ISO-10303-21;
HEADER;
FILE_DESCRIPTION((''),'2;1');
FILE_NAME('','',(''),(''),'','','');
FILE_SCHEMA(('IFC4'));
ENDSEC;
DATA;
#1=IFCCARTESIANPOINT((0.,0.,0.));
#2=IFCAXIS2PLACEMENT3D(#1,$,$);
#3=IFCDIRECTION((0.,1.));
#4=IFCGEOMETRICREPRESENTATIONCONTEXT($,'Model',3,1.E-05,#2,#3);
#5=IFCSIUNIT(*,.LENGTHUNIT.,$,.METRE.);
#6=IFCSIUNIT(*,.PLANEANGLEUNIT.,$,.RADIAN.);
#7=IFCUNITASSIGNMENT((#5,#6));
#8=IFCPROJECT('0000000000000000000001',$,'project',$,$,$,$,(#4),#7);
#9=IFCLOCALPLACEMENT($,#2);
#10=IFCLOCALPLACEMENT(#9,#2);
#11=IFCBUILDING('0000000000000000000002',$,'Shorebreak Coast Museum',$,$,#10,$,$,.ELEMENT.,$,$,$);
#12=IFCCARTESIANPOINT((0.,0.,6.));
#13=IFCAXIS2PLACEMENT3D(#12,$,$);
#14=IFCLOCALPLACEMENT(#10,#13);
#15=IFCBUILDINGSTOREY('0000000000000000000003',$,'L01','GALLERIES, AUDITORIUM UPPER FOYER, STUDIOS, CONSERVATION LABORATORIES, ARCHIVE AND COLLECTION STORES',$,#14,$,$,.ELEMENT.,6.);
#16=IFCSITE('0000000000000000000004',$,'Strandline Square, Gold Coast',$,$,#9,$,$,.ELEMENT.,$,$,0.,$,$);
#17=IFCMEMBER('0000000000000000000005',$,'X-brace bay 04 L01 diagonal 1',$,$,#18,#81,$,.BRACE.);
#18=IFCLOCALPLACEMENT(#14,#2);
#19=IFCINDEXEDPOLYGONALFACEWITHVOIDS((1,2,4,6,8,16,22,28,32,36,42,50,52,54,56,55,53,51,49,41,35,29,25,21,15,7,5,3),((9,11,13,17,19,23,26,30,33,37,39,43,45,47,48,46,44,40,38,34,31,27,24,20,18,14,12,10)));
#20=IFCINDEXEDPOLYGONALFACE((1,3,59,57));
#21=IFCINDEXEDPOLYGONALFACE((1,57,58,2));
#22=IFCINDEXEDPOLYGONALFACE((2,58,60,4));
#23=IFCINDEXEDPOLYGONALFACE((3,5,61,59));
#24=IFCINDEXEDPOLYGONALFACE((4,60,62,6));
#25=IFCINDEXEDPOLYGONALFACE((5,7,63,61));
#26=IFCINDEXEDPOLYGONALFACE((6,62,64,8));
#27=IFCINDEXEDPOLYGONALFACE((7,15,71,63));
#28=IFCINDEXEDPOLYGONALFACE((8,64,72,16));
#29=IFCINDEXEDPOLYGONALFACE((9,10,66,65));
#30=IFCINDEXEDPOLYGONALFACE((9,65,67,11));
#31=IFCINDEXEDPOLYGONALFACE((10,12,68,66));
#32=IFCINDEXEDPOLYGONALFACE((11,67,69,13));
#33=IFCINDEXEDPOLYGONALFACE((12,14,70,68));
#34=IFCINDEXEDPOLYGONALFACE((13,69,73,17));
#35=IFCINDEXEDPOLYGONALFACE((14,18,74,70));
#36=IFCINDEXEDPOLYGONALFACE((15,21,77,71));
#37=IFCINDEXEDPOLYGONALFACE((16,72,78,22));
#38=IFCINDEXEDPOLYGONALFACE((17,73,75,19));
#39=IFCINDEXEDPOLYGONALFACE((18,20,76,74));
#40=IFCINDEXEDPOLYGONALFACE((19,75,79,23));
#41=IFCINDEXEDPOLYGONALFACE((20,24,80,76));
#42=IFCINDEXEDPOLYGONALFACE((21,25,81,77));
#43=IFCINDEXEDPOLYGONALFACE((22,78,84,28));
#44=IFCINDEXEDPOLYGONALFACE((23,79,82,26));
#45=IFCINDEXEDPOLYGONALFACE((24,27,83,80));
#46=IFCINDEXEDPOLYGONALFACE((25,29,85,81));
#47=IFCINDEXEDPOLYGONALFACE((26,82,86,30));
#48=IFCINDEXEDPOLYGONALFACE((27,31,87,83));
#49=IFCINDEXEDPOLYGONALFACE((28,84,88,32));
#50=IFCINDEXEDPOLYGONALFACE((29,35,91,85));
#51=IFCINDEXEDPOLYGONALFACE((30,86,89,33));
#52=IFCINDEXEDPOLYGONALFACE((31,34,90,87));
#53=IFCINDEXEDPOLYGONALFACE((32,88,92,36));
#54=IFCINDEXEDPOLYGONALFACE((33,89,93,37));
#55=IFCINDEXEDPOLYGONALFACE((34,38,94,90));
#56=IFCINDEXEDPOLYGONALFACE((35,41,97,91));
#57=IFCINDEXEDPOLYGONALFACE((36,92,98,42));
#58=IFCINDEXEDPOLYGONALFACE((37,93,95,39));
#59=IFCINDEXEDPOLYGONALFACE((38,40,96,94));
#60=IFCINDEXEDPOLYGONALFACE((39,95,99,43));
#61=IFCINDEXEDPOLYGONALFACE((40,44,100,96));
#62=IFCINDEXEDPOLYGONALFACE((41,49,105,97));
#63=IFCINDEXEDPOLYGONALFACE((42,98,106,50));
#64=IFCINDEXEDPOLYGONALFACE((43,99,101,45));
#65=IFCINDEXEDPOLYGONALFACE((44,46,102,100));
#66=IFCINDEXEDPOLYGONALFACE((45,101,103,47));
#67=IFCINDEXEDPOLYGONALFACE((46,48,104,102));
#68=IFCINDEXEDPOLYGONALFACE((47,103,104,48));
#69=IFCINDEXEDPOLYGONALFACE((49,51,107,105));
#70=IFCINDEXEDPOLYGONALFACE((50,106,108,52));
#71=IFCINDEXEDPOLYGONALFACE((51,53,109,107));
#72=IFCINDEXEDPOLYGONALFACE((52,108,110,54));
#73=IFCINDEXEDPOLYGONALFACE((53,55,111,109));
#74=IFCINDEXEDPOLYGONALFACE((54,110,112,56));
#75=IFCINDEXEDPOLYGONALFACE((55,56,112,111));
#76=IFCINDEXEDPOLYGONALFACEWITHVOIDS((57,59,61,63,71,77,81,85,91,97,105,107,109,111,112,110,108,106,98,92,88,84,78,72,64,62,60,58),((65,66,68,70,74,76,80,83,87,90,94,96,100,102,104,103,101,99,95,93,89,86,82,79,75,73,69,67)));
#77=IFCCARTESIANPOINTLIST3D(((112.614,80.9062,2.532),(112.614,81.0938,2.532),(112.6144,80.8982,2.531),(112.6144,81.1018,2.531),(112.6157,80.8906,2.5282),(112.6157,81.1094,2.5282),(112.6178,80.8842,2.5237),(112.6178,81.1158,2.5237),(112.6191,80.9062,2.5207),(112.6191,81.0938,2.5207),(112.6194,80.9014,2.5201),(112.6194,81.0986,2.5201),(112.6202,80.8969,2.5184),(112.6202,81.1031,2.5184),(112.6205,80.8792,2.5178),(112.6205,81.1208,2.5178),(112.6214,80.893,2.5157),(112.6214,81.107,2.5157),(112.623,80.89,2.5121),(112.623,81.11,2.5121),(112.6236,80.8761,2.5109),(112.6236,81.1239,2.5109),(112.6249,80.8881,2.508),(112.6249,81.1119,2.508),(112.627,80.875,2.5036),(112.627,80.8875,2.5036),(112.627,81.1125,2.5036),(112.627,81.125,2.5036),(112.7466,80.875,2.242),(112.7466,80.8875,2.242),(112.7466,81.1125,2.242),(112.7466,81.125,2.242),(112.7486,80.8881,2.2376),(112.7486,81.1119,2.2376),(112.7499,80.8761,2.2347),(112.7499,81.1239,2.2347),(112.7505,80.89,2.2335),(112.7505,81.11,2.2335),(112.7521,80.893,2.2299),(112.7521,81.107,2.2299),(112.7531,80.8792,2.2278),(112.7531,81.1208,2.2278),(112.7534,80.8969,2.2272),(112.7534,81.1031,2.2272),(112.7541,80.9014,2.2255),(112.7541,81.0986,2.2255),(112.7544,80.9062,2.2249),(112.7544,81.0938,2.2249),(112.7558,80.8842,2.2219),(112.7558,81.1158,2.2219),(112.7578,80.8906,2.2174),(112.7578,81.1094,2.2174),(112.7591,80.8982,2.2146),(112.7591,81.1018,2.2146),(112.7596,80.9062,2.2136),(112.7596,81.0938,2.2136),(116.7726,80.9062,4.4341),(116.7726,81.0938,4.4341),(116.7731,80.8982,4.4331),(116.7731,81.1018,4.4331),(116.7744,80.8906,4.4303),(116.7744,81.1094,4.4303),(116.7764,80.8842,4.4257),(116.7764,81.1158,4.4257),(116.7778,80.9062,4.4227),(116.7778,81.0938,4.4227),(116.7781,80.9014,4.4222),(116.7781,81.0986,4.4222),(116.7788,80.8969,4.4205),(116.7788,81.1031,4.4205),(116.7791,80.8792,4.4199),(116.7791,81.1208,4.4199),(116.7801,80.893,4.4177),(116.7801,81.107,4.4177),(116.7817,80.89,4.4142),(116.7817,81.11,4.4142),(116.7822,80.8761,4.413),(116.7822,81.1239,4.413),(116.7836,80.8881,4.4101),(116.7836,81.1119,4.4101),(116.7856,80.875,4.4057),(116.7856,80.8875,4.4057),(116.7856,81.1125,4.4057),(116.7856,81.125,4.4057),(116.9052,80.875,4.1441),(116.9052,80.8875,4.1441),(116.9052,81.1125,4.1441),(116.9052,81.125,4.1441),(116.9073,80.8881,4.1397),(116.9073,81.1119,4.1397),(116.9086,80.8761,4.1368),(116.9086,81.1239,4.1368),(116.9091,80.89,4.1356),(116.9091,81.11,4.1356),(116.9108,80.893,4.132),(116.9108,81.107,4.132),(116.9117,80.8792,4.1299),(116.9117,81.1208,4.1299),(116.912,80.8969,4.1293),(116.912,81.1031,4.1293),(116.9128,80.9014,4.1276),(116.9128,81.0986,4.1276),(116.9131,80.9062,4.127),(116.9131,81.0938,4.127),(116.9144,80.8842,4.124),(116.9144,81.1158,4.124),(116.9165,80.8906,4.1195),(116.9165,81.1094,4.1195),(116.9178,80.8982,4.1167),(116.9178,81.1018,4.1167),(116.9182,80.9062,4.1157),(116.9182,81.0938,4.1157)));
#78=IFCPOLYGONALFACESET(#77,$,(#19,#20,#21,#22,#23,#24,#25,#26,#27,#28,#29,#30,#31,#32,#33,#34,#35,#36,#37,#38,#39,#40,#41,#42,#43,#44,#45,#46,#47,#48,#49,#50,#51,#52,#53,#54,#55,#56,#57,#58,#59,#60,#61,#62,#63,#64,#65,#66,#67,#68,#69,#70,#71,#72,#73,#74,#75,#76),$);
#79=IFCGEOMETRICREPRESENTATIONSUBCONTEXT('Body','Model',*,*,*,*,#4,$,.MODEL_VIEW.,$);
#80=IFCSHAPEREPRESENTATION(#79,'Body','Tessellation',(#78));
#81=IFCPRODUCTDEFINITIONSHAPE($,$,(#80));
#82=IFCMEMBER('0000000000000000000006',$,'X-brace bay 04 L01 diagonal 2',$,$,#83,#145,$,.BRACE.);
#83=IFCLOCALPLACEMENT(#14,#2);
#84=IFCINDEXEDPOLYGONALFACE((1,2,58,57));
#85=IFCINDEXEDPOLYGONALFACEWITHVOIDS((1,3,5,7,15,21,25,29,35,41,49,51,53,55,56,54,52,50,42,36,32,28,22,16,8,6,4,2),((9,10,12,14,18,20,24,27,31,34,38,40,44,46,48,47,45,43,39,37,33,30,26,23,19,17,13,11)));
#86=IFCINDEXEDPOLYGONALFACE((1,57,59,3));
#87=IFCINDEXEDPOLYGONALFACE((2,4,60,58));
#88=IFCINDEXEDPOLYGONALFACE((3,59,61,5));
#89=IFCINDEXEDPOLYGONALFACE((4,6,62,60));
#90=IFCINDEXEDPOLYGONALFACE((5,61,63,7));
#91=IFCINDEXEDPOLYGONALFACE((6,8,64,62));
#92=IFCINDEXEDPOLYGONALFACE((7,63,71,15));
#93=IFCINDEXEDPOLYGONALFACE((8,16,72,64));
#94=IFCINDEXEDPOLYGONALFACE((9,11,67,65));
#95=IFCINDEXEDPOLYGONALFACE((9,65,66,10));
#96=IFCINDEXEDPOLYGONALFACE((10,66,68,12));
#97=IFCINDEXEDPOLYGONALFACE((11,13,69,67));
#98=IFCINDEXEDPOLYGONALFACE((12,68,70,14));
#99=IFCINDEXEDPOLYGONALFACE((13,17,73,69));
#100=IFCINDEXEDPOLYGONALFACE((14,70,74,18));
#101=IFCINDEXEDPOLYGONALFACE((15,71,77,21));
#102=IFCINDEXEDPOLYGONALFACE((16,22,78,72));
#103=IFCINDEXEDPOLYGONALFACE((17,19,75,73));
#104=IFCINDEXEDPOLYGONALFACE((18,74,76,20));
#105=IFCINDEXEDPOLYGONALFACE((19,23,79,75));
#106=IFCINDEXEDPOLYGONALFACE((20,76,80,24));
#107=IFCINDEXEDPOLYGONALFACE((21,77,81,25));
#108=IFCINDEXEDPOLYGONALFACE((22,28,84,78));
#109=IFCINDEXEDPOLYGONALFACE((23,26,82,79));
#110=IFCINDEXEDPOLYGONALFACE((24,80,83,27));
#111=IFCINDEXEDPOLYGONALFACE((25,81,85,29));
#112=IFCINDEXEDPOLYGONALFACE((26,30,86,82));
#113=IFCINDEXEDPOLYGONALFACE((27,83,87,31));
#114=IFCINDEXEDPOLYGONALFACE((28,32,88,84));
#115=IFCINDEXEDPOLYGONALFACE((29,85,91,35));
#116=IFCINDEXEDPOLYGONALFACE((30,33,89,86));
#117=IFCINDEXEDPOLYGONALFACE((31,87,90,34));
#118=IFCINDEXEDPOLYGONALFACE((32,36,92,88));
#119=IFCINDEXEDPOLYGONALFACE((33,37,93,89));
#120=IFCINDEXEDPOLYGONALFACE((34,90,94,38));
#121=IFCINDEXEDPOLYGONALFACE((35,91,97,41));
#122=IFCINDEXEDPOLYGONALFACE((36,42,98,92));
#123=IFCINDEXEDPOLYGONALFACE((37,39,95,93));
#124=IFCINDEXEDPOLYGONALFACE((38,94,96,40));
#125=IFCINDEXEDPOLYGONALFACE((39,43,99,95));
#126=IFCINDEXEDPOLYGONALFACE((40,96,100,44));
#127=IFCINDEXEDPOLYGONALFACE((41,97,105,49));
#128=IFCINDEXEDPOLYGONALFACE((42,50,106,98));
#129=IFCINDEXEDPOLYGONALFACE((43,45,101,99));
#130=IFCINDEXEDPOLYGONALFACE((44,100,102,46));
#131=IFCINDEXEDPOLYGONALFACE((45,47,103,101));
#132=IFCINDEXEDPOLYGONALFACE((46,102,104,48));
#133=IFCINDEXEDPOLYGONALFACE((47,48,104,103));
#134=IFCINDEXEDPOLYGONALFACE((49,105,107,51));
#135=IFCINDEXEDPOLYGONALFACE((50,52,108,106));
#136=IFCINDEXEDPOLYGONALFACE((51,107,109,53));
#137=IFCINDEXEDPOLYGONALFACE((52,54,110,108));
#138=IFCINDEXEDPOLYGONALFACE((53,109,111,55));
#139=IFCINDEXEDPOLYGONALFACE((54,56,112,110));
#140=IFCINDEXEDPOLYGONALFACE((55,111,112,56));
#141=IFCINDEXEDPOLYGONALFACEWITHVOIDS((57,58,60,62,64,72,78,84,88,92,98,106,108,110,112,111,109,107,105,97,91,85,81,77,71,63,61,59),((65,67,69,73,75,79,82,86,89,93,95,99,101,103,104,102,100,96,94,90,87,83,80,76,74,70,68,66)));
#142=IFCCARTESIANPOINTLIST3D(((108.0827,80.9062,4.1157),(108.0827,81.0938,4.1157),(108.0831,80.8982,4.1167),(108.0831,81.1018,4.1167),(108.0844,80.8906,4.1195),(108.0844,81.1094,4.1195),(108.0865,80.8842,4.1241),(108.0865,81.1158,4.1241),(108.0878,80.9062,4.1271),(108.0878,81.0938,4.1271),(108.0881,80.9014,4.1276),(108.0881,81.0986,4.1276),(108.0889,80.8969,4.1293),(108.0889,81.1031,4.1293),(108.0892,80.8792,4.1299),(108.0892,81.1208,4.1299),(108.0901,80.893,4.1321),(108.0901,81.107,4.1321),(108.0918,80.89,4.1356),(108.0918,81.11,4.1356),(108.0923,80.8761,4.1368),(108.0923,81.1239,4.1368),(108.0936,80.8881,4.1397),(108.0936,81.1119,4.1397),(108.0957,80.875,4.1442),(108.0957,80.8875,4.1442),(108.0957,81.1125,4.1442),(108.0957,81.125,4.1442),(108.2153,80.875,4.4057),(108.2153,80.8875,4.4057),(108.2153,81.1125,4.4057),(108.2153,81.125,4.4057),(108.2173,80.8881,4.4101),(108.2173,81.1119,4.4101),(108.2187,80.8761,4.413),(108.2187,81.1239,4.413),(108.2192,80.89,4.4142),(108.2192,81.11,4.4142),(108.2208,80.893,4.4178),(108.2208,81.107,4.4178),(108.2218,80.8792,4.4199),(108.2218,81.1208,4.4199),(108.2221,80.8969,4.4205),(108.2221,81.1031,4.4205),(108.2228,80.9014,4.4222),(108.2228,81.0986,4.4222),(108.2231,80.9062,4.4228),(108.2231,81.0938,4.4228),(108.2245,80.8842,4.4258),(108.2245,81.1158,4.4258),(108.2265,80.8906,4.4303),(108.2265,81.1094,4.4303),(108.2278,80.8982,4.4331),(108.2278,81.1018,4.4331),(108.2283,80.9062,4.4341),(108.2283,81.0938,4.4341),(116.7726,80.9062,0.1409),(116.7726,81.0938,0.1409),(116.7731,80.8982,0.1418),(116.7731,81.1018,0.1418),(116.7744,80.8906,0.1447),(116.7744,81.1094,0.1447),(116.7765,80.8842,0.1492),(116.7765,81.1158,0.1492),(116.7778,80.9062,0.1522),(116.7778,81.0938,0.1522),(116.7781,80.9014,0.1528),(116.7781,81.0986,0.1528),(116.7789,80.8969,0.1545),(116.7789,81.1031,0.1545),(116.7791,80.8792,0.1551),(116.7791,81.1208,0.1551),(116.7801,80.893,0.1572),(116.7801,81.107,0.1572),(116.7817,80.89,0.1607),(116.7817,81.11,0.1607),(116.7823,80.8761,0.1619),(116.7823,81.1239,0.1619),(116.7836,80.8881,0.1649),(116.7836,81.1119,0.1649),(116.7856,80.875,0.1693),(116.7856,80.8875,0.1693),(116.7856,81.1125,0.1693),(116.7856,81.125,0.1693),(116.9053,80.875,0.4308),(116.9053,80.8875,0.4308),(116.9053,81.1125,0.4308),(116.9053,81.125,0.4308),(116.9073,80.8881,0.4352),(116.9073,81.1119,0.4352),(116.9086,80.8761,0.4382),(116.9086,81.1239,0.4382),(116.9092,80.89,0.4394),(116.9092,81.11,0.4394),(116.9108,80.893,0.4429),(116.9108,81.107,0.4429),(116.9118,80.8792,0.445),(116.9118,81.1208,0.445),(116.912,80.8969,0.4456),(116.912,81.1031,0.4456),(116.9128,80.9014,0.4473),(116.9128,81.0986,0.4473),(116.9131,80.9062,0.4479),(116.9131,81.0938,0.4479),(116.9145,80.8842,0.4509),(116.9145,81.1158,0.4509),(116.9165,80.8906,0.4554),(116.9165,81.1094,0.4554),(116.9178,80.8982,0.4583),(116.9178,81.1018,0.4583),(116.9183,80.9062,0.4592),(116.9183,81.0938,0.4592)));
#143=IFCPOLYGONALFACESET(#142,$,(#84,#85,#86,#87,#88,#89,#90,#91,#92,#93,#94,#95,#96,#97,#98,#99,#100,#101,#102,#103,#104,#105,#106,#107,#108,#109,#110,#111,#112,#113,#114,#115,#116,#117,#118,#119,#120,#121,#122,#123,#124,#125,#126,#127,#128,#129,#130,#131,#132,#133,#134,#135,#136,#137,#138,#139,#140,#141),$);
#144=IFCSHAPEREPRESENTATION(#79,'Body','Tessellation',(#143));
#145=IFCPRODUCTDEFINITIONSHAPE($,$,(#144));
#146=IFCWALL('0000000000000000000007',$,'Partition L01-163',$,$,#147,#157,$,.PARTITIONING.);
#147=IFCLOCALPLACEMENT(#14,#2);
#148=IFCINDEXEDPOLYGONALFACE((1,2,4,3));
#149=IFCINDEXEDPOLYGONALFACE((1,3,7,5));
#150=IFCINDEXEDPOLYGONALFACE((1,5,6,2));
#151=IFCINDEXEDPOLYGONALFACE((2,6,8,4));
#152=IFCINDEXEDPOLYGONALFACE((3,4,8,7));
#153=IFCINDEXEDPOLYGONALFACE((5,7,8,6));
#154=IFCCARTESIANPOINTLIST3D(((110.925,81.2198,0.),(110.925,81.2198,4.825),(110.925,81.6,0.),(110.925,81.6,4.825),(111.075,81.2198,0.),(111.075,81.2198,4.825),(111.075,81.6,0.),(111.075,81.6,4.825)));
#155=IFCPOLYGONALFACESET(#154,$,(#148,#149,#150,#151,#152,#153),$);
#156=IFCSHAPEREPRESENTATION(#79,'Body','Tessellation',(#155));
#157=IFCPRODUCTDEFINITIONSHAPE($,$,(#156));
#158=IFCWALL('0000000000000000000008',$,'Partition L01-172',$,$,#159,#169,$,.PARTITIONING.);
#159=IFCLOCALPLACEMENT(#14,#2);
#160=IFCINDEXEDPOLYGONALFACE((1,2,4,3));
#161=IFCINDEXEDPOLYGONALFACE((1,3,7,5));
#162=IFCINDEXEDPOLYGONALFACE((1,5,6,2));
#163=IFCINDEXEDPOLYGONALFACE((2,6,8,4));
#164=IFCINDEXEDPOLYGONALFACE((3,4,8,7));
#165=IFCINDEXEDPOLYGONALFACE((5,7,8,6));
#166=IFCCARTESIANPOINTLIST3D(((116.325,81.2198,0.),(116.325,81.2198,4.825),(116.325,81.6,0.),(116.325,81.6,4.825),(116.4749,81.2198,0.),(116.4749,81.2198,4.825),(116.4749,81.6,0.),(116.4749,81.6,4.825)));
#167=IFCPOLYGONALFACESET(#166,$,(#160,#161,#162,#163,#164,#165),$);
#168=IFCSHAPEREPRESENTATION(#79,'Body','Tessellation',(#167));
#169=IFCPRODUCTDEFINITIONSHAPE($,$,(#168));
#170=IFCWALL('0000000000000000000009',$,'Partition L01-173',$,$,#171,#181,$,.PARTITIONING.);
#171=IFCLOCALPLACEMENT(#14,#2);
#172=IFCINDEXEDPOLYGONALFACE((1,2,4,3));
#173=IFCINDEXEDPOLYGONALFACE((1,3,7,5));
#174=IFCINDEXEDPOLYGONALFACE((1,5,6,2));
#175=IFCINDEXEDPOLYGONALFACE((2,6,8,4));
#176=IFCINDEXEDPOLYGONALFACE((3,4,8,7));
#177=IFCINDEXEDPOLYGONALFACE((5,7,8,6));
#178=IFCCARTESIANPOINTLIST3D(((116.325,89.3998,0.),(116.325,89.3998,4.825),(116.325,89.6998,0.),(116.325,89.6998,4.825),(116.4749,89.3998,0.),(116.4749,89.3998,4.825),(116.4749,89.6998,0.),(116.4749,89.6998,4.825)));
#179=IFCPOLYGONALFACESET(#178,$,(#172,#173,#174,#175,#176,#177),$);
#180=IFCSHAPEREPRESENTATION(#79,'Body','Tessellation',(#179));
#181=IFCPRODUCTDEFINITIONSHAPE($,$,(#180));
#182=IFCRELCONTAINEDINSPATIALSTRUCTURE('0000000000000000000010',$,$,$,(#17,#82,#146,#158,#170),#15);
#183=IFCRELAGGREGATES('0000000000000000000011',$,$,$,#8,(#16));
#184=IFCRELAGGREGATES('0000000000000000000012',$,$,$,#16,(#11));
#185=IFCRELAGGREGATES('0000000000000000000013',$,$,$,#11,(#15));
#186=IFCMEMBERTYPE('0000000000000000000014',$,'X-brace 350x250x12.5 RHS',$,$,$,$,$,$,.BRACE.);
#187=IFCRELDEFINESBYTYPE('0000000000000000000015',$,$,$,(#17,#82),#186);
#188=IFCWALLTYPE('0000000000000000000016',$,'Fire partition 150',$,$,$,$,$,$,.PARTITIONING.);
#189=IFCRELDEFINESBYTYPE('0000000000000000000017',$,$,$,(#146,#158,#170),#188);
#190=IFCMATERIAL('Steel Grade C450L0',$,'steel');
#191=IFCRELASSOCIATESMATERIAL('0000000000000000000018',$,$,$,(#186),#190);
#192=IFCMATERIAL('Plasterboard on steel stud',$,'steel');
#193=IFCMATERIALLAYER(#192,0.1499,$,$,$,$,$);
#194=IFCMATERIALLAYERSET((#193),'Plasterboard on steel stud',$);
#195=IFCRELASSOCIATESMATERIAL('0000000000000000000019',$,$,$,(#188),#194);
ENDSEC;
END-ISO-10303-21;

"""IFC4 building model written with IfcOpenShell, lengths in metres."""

from ifc_helpers import new_model, si_unit, direction, frame, frame_2d, origin, origin_2d, place, context, subcontext, project, spatial, rectangle, hollow_rectangle, extrude, material, layer, layer_set, material_profile, profile_set, type_object, element, save


model = new_model("IFC4")

# Units and contexts
model_context = context("Model", 3, precision=1e-05, world=origin(), true_north=direction((0.0, 1.0)))
body_context = subcontext(model_context, "Body", "Model", "MODEL_VIEW")
ifc_project = project(units=[si_unit("LENGTHUNIT", "METRE"), si_unit("PLANEANGLEUNIT", "RADIAN")], contexts=[model_context])

# Site, building, storey
site_placement = place(None, origin())
site = spatial("IfcSite", under=ifc_project, at=site_placement, Name="Strandline Square, Gold Coast", CompositionType="ELEMENT", RefElevation=0.0)
building_placement = place(site_placement, origin())
building = spatial("IfcBuilding", under=site, at=building_placement, Name="Shorebreak Coast Museum", CompositionType="ELEMENT")
storey_placement = place(building_placement, frame((0.0, 0.0, 6.0)))
storey = spatial("IfcBuildingStorey", under=building, at=storey_placement, Name="L01", Description="GALLERIES, AUDITORIUM UPPER FOYER, STUDIOS, CONSERVATION LABORATORIES, ARCHIVE AND COLLECTION STORES", CompositionType="ELEMENT", Elevation=6.0)

# Members
ifc_material_1 = material(Name="Steel Grade C450L0", Category="steel")
ifc_material_profile_1 = material_profile(ifc_material_1, hollow_rectangle(XDim=0.25, YDim=0.3501, WallThickness=0.0125, InnerFilletRadius=0.0188, OuterFilletRadius=0.0312, at=origin_2d()), Name="350x250x12.5 RHS")
ifc_profile_set_1 = profile_set([ifc_material_profile_1], Name="Steel Grade C450L0")
member_type = type_object("IfcMemberType", Name="X-brace 350x250x12.5 RHS", PredefinedType="BRACE", material=ifc_profile_set_1)
member_1_placement = place(storey_placement, frame((112.6868, 81.0, 2.3728), z_axis=(0.909393, 0.0, 0.415938), x_axis=(0.0, 1.0, 0.0)))
element("IfcMember", 1, at=member_1_placement, inside=storey, type_object=member_type, Name="X-brace bay 04 L01 diagonal 1", PredefinedType="BRACE", context=body_context, shape_type="SweptSolid", body=[
    extrude(hollow_rectangle(XDim=0.25, YDim=0.3501, WallThickness=0.0125, InnerFilletRadius=0.0188, OuterFilletRadius=0.0312, at=origin_2d()), origin(), (0.0, 0.0, 1.0), 4.573),
])
member_2_placement = place(storey_placement, frame((116.8455, 81.0, 0.3), z_axis=(-0.909383, 0.0, 0.41596), x_axis=(0.0, -1.0, 0.0)))
element("IfcMember", 2, at=member_2_placement, inside=storey, type_object=member_type, Name="X-brace bay 04 L01 diagonal 2", PredefinedType="BRACE", context=body_context, shape_type="SweptSolid", body=[
    extrude(hollow_rectangle(XDim=0.25, YDim=0.3501, WallThickness=0.0125, InnerFilletRadius=0.0188, OuterFilletRadius=0.0312, at=origin_2d()), origin(), (0.0, 0.0, 1.0), 9.5559),
])

# Walls
ifc_material_2 = material(Name="Plasterboard on steel stud", Category="steel")
ifc_layer_1 = layer(ifc_material_2, 0.1499)
ifc_layer_set_1 = layer_set([ifc_layer_1], Name="Plasterboard on steel stud")
wall_type_1 = type_object("IfcWallType", Name="Fire partition 150", PredefinedType="PARTITIONING", material=ifc_layer_set_1)
for number, where, z_axis, x_axis, name in (
    (3, (111.0, 81.22, 0.0), (0.0, 0.0, 1.0), (0.0, 1.0, 0.0), "Partition L01-163"),
    (4, (116.3999, 81.22, 0.0), (0.0, 0.0, 1.0), (0.0, 1.0, 0.0), "Partition L01-172"),
):
    element("IfcWall", number, at=place(storey_placement, frame(where, z_axis=z_axis, x_axis=x_axis)), inside=storey, type_object=wall_type_1, Name=name, PredefinedType="PARTITIONING", context=body_context, shape_type="SweptSolid", body=[
        extrude(rectangle(XDim=0.3801, YDim=0.1499, at=frame_2d((0.1899, 0.0))), origin(), (0.0, 0.0, 1.0), 4.825),
    ])
wall_1_placement = place(storey_placement, frame((116.3999, 89.3999, 0.0), z_axis=(0.0, 0.0, 1.0), x_axis=(0.0, 1.0, 0.0)))
element("IfcWall", 5, at=wall_1_placement, inside=storey, type_object=wall_type_1, Name="Partition L01-173", PredefinedType="PARTITIONING", context=body_context, shape_type="SweptSolid", body=[
    extrude(rectangle(XDim=0.3, YDim=0.1499, at=frame_2d((0.1499, 0.0))), origin(), (0.0, 0.0, 1.0), 4.825),
])

save(model, "model.ifc")
